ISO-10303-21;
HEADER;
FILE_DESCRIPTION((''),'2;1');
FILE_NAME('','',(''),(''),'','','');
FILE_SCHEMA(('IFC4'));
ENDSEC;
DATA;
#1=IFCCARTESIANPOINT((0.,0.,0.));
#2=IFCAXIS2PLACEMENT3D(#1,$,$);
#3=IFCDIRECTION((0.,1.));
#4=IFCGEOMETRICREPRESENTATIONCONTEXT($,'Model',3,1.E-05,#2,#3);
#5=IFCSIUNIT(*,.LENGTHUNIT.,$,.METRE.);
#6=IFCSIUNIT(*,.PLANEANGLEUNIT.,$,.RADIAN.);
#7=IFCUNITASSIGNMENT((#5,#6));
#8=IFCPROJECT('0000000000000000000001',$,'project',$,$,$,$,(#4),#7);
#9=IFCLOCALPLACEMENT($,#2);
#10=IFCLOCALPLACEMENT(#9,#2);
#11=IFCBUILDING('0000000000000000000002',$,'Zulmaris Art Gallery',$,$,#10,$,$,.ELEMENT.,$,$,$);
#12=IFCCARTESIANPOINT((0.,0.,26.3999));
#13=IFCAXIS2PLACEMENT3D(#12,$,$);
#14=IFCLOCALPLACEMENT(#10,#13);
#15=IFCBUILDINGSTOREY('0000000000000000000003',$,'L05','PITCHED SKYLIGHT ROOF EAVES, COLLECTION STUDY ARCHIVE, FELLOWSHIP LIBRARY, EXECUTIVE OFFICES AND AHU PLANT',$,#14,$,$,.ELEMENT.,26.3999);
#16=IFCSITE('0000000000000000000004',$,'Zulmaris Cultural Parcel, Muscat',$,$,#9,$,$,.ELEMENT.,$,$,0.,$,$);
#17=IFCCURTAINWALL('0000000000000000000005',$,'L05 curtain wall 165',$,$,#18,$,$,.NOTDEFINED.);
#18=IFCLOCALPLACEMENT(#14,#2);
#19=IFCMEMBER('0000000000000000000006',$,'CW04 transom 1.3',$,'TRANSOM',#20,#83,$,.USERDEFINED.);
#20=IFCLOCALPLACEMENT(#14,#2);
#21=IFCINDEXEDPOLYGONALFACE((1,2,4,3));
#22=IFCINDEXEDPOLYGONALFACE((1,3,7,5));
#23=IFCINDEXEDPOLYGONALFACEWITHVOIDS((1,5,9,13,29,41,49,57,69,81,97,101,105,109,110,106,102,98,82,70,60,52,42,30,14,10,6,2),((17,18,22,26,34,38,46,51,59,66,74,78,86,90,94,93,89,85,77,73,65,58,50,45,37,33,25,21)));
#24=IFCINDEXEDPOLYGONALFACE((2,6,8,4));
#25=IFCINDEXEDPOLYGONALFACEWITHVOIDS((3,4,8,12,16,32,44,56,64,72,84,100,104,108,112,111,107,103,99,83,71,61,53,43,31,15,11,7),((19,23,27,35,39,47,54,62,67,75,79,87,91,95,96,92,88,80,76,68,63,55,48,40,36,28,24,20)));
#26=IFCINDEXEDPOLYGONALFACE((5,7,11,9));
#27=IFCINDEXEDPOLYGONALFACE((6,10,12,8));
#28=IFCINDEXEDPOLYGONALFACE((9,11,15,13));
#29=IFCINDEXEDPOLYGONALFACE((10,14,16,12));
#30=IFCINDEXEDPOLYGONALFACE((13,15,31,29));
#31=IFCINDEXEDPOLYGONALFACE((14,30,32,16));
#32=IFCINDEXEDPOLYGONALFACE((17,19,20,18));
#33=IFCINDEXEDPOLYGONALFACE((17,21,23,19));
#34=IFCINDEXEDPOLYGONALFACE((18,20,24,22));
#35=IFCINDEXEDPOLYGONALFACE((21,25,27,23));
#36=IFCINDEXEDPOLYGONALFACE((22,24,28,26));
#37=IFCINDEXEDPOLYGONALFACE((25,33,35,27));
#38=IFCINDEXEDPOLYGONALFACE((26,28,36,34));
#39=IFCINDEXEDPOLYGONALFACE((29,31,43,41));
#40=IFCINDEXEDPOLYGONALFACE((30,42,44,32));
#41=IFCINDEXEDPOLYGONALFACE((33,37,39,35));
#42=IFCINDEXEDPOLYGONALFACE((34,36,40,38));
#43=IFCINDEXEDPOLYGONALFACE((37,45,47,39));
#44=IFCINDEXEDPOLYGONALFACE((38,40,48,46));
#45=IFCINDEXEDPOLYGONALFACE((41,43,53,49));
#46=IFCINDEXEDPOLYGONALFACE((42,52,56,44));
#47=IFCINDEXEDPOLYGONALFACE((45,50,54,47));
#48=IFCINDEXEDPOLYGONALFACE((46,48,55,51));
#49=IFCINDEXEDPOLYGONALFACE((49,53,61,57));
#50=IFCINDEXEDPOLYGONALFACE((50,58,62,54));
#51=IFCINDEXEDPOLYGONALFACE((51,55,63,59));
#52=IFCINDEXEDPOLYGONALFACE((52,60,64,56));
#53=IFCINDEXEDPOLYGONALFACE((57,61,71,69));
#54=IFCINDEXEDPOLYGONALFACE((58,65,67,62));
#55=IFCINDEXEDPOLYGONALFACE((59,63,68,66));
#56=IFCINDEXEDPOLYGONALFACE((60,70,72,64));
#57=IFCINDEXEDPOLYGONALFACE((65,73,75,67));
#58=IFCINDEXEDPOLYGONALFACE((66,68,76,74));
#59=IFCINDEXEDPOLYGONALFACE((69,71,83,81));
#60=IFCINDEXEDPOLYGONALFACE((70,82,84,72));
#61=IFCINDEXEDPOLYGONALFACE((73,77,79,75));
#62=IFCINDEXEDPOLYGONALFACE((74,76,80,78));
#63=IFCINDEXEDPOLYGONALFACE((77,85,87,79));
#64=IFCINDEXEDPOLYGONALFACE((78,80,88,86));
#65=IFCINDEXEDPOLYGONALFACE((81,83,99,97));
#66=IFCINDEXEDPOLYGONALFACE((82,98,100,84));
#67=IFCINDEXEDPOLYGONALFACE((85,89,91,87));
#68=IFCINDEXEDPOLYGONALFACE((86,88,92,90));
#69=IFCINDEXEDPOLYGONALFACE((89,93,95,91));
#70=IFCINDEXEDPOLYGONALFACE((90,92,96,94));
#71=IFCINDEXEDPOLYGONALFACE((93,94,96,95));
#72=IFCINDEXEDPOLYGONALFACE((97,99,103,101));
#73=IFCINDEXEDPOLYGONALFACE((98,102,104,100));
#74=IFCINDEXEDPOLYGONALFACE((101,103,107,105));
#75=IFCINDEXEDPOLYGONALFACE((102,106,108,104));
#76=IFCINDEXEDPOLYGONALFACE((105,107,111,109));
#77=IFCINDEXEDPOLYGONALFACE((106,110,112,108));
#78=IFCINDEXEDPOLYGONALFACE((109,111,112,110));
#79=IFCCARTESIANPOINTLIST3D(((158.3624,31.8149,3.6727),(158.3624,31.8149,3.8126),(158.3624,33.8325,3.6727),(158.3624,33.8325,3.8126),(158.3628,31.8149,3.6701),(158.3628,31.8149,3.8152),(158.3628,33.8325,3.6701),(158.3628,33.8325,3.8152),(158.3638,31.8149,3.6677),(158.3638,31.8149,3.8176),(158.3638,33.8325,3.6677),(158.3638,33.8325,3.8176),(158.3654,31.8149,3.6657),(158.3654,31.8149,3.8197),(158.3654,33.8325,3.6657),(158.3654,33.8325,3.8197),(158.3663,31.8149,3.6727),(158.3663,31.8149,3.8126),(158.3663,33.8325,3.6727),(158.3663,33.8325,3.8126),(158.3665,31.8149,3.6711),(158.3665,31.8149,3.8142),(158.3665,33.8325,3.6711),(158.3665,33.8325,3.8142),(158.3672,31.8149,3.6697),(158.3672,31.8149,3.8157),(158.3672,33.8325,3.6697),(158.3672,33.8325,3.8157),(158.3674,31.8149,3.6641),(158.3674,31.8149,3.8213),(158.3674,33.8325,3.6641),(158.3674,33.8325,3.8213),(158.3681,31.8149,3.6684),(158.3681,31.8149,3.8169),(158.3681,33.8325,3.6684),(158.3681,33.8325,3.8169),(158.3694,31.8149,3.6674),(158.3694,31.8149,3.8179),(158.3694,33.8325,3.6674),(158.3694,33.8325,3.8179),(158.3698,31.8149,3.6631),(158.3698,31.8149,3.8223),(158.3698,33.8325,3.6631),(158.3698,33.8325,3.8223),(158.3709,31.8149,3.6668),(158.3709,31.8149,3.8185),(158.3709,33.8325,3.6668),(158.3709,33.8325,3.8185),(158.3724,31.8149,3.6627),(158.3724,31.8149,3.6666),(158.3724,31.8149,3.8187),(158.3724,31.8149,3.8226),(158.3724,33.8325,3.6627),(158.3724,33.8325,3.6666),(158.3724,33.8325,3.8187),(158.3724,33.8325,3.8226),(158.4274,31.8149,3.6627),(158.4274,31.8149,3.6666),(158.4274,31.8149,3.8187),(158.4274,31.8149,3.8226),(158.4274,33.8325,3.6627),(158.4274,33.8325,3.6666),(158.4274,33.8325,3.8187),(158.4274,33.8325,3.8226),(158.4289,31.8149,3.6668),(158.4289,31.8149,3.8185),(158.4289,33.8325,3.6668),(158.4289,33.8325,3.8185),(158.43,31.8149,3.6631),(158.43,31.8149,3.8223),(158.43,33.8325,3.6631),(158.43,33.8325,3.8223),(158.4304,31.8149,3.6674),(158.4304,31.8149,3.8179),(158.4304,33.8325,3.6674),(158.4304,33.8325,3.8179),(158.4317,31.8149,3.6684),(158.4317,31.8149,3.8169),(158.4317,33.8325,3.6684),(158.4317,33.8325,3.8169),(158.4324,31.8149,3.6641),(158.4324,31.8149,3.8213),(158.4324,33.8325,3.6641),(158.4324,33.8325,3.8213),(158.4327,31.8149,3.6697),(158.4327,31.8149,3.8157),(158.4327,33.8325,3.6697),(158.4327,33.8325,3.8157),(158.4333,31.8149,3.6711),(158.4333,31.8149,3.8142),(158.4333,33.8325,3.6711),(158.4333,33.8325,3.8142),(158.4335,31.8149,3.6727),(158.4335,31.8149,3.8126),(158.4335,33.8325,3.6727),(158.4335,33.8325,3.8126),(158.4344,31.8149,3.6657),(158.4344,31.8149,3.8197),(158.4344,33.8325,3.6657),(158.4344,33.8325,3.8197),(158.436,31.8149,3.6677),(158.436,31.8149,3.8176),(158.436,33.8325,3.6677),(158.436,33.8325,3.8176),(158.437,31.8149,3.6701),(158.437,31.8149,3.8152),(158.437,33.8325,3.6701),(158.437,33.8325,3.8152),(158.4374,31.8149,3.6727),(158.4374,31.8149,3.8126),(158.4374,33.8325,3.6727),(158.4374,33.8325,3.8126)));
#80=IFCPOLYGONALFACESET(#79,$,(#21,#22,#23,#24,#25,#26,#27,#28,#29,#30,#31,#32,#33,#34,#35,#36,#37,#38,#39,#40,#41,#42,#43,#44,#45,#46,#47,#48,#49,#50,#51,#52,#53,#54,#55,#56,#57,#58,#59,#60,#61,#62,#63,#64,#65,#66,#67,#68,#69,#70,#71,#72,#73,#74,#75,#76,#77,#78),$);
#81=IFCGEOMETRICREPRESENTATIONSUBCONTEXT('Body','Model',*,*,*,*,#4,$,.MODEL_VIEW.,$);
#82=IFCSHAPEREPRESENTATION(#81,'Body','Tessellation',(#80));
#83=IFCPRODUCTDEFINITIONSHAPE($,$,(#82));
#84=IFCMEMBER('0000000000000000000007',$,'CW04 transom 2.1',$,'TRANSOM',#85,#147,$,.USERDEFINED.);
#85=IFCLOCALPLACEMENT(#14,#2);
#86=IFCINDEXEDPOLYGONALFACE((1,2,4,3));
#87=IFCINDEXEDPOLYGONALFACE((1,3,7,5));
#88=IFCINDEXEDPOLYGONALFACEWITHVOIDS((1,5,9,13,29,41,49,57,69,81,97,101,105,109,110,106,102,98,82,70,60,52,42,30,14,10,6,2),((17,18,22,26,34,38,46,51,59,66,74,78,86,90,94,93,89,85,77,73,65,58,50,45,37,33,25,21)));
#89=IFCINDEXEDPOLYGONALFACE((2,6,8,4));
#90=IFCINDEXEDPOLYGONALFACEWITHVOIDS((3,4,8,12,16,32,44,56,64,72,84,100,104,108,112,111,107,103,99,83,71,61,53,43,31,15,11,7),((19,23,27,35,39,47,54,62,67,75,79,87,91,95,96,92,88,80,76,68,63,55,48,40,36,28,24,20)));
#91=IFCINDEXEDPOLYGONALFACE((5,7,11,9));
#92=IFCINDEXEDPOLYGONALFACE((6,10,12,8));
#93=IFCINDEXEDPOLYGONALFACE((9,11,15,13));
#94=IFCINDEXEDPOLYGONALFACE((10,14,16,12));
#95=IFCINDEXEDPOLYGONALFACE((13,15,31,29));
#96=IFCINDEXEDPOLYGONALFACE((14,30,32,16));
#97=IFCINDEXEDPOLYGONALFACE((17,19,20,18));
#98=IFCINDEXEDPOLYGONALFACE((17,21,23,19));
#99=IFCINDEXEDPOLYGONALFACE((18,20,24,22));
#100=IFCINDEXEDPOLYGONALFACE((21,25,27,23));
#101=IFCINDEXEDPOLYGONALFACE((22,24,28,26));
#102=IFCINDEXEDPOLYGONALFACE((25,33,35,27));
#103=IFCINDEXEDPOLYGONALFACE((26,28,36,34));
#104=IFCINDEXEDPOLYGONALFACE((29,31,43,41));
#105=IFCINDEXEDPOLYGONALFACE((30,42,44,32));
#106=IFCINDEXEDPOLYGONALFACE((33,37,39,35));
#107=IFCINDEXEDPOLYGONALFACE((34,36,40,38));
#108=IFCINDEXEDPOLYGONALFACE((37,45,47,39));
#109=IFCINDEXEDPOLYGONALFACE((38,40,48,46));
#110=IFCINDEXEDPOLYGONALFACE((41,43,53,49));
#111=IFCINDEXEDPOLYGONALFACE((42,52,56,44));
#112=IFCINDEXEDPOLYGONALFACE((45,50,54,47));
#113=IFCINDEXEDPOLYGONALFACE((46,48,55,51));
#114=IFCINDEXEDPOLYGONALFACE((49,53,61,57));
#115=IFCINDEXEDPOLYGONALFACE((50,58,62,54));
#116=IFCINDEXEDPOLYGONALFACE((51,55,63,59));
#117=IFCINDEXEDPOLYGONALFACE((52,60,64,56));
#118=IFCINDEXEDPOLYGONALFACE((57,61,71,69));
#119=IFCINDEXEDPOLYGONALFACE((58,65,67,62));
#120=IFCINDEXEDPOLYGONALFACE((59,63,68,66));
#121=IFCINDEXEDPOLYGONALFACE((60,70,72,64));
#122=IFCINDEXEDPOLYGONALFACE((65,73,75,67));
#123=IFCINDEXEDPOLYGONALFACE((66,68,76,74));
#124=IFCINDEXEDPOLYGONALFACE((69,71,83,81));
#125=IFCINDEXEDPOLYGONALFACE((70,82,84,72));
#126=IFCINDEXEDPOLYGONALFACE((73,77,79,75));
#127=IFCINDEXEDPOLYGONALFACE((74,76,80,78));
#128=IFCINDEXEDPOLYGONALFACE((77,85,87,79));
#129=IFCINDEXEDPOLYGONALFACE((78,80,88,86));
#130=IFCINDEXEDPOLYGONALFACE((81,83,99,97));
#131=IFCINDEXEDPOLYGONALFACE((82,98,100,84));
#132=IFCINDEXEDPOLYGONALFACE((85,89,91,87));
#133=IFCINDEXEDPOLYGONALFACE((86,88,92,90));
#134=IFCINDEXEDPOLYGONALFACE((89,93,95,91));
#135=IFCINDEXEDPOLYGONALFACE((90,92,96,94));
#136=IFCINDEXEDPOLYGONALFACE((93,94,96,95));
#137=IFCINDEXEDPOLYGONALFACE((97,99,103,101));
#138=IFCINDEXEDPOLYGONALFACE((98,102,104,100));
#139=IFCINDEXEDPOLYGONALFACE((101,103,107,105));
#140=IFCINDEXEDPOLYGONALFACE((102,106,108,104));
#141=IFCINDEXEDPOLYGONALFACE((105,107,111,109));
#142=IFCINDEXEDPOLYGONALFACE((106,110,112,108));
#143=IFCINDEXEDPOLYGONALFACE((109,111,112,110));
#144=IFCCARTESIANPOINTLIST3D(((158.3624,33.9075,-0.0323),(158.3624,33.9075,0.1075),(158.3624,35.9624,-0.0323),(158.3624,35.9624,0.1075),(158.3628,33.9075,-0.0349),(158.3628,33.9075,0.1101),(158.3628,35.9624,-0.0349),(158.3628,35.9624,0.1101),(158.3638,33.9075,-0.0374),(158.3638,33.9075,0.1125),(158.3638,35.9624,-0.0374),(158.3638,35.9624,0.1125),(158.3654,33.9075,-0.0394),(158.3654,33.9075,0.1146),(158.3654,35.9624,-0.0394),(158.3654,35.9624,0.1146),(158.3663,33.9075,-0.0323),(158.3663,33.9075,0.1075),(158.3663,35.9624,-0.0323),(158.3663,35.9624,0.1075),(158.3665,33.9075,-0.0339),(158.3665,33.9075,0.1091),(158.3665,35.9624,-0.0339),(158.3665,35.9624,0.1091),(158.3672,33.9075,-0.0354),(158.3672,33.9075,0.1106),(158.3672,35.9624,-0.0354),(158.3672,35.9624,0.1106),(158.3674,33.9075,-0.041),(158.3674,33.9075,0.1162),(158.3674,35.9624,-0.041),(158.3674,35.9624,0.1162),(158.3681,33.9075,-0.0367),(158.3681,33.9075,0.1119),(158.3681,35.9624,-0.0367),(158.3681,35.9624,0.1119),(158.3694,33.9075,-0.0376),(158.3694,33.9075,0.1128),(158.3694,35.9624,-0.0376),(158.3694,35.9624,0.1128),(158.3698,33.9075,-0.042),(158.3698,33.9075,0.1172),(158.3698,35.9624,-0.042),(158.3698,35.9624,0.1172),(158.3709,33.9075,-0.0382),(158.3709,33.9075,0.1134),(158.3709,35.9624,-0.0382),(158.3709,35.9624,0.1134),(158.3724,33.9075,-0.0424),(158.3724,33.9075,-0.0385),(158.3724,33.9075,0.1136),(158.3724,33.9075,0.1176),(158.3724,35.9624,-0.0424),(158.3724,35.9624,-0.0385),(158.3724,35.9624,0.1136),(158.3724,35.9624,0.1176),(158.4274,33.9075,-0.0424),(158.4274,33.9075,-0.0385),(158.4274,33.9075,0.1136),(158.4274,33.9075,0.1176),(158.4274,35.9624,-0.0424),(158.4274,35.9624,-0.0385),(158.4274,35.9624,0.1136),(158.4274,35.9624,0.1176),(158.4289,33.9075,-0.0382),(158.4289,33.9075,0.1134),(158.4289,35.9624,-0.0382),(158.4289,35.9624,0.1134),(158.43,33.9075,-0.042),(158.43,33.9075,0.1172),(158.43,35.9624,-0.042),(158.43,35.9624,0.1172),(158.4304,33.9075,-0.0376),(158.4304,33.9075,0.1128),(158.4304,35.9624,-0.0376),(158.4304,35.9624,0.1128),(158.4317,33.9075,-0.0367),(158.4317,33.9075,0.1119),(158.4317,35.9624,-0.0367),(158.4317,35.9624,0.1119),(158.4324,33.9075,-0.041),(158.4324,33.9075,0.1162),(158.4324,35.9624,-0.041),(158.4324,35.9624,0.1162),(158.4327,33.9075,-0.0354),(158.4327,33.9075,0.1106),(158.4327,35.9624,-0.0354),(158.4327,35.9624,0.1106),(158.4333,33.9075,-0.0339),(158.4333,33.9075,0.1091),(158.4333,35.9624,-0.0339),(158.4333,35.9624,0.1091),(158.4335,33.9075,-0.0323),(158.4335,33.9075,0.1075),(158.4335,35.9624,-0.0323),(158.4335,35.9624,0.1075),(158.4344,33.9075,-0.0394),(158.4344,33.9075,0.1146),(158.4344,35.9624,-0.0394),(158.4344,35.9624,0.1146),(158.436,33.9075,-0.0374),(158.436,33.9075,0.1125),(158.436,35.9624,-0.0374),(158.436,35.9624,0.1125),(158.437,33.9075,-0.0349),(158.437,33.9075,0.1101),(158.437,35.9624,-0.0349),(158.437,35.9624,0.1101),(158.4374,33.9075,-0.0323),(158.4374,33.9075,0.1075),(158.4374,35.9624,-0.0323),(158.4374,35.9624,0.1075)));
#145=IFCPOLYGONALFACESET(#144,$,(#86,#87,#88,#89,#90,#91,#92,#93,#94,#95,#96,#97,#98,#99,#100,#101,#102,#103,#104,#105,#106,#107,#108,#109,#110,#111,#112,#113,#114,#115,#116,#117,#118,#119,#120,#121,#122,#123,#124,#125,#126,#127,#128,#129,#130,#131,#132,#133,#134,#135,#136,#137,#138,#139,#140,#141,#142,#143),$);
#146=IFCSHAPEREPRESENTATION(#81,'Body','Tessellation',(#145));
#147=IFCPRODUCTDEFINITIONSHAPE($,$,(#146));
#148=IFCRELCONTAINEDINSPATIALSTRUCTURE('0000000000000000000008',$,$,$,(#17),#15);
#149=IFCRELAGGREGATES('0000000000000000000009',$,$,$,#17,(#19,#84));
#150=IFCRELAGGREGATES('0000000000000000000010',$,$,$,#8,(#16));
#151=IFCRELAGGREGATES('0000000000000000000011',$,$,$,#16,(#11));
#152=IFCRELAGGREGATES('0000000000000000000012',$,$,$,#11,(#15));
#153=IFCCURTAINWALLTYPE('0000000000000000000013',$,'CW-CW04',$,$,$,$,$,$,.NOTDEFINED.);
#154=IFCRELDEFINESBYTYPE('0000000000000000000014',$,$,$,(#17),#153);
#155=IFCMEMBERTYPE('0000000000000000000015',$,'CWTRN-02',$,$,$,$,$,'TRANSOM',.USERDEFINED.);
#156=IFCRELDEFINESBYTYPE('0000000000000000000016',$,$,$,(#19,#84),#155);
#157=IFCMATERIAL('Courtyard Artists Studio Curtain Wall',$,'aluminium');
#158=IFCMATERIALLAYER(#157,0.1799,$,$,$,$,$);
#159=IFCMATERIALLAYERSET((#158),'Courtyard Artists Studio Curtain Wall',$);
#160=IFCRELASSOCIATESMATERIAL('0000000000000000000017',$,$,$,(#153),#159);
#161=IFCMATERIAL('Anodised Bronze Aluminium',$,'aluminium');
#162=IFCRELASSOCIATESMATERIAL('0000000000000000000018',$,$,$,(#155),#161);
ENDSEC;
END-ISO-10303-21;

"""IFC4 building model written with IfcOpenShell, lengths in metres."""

from ifc_helpers import new_model, si_unit, direction, frame, origin, origin_2d, place, context, subcontext, project, spatial, hollow_rectangle, extrude, material, layer, layer_set, material_profile, profile_set, type_object, element, aggregate, save


model = new_model("IFC4")

# Units and contexts
model_context = context("Model", 3, precision=1e-05, world=origin(), true_north=direction((0.0, 1.0)))
body_context = subcontext(model_context, "Body", "Model", "MODEL_VIEW")
ifc_project = project(units=[si_unit("LENGTHUNIT", "METRE"), si_unit("PLANEANGLEUNIT", "RADIAN")], contexts=[model_context])

# Site, building, storey
site_placement = place(None, origin())
site = spatial("IfcSite", under=ifc_project, at=site_placement, Name="Zulmaris Cultural Parcel, Muscat", CompositionType="ELEMENT", RefElevation=0.0)
building_placement = place(site_placement, origin())
building = spatial("IfcBuilding", under=site, at=building_placement, Name="Zulmaris Art Gallery", CompositionType="ELEMENT")
storey_placement = place(building_placement, frame((0.0, 0.0, 26.3999)))
storey = spatial("IfcBuildingStorey", under=building, at=storey_placement, Name="L05", Description="PITCHED SKYLIGHT ROOF EAVES, COLLECTION STUDY ARCHIVE, FELLOWSHIP LIBRARY, EXECUTIVE OFFICES AND AHU PLANT", CompositionType="ELEMENT", Elevation=26.3999)

# Curtain wall, members
ifc_material_1 = material(Name="Courtyard Artists Studio Curtain Wall", Category="aluminium")
ifc_layer_1 = layer(ifc_material_1, 0.1799)
ifc_layer_set_1 = layer_set([ifc_layer_1], Name="Courtyard Artists Studio Curtain Wall")
curtain_wall_type = type_object("IfcCurtainWallType", Name="CW-CW04", PredefinedType="NOTDEFINED", material=ifc_layer_set_1)
curtain_wall_placement = place(storey_placement, origin())
curtain_wall = element("IfcCurtainWall", 1, at=curtain_wall_placement, inside=storey, type_object=curtain_wall_type, Name="L05 curtain wall 165", PredefinedType="NOTDEFINED")
ifc_material_2 = material(Name="Anodised Bronze Aluminium", Category="aluminium")
ifc_material_profile_1 = material_profile(ifc_material_2, hollow_rectangle(XDim=0.075, YDim=0.1599, WallThickness=0.0039, InnerFilletRadius=0.0061, OuterFilletRadius=0.01, at=origin_2d()), Name="ALU 75x160x4")
ifc_profile_set_1 = profile_set([ifc_material_profile_1], Name="Anodised Bronze Aluminium")
member_type_1 = type_object("IfcMemberType", Name="CWTRN-02", ElementType="TRANSOM", PredefinedType="USERDEFINED", material=ifc_profile_set_1)
member_1_placement = place(storey_placement, frame((158.3999, 31.8149, 3.7427), z_axis=(0.0, 1.0, 0.0), x_axis=(-1.0, 0.0, 0.0)))
member_1 = element("IfcMember", 2, at=member_1_placement, type_object=member_type_1, Name="CW04 transom 1.3", ObjectType="TRANSOM", PredefinedType="USERDEFINED", context=body_context, shape_type="SweptSolid", body=[
    extrude(hollow_rectangle(XDim=0.075, YDim=0.1599, WallThickness=0.0039, InnerFilletRadius=0.0061, OuterFilletRadius=0.01, at=origin_2d()), origin(), (0.0, 0.0, 1.0), 2.0176),
])
member_2_placement = place(storey_placement, frame((158.3999, 33.9075, 0.0376), z_axis=(0.0, 1.0, 0.0), x_axis=(-1.0, 0.0, 0.0)))
member_2 = element("IfcMember", 3, at=member_2_placement, type_object=member_type_1, Name="CW04 transom 2.1", ObjectType="TRANSOM", PredefinedType="USERDEFINED", context=body_context, shape_type="SweptSolid", body=[
    extrude(hollow_rectangle(XDim=0.075, YDim=0.1599, WallThickness=0.0039, InnerFilletRadius=0.0061, OuterFilletRadius=0.01, at=origin_2d()), origin(), (0.0, 0.0, 1.0), 2.0549),
])
aggregate(curtain_wall, [member_1, member_2])

save(model, "model.ifc")
